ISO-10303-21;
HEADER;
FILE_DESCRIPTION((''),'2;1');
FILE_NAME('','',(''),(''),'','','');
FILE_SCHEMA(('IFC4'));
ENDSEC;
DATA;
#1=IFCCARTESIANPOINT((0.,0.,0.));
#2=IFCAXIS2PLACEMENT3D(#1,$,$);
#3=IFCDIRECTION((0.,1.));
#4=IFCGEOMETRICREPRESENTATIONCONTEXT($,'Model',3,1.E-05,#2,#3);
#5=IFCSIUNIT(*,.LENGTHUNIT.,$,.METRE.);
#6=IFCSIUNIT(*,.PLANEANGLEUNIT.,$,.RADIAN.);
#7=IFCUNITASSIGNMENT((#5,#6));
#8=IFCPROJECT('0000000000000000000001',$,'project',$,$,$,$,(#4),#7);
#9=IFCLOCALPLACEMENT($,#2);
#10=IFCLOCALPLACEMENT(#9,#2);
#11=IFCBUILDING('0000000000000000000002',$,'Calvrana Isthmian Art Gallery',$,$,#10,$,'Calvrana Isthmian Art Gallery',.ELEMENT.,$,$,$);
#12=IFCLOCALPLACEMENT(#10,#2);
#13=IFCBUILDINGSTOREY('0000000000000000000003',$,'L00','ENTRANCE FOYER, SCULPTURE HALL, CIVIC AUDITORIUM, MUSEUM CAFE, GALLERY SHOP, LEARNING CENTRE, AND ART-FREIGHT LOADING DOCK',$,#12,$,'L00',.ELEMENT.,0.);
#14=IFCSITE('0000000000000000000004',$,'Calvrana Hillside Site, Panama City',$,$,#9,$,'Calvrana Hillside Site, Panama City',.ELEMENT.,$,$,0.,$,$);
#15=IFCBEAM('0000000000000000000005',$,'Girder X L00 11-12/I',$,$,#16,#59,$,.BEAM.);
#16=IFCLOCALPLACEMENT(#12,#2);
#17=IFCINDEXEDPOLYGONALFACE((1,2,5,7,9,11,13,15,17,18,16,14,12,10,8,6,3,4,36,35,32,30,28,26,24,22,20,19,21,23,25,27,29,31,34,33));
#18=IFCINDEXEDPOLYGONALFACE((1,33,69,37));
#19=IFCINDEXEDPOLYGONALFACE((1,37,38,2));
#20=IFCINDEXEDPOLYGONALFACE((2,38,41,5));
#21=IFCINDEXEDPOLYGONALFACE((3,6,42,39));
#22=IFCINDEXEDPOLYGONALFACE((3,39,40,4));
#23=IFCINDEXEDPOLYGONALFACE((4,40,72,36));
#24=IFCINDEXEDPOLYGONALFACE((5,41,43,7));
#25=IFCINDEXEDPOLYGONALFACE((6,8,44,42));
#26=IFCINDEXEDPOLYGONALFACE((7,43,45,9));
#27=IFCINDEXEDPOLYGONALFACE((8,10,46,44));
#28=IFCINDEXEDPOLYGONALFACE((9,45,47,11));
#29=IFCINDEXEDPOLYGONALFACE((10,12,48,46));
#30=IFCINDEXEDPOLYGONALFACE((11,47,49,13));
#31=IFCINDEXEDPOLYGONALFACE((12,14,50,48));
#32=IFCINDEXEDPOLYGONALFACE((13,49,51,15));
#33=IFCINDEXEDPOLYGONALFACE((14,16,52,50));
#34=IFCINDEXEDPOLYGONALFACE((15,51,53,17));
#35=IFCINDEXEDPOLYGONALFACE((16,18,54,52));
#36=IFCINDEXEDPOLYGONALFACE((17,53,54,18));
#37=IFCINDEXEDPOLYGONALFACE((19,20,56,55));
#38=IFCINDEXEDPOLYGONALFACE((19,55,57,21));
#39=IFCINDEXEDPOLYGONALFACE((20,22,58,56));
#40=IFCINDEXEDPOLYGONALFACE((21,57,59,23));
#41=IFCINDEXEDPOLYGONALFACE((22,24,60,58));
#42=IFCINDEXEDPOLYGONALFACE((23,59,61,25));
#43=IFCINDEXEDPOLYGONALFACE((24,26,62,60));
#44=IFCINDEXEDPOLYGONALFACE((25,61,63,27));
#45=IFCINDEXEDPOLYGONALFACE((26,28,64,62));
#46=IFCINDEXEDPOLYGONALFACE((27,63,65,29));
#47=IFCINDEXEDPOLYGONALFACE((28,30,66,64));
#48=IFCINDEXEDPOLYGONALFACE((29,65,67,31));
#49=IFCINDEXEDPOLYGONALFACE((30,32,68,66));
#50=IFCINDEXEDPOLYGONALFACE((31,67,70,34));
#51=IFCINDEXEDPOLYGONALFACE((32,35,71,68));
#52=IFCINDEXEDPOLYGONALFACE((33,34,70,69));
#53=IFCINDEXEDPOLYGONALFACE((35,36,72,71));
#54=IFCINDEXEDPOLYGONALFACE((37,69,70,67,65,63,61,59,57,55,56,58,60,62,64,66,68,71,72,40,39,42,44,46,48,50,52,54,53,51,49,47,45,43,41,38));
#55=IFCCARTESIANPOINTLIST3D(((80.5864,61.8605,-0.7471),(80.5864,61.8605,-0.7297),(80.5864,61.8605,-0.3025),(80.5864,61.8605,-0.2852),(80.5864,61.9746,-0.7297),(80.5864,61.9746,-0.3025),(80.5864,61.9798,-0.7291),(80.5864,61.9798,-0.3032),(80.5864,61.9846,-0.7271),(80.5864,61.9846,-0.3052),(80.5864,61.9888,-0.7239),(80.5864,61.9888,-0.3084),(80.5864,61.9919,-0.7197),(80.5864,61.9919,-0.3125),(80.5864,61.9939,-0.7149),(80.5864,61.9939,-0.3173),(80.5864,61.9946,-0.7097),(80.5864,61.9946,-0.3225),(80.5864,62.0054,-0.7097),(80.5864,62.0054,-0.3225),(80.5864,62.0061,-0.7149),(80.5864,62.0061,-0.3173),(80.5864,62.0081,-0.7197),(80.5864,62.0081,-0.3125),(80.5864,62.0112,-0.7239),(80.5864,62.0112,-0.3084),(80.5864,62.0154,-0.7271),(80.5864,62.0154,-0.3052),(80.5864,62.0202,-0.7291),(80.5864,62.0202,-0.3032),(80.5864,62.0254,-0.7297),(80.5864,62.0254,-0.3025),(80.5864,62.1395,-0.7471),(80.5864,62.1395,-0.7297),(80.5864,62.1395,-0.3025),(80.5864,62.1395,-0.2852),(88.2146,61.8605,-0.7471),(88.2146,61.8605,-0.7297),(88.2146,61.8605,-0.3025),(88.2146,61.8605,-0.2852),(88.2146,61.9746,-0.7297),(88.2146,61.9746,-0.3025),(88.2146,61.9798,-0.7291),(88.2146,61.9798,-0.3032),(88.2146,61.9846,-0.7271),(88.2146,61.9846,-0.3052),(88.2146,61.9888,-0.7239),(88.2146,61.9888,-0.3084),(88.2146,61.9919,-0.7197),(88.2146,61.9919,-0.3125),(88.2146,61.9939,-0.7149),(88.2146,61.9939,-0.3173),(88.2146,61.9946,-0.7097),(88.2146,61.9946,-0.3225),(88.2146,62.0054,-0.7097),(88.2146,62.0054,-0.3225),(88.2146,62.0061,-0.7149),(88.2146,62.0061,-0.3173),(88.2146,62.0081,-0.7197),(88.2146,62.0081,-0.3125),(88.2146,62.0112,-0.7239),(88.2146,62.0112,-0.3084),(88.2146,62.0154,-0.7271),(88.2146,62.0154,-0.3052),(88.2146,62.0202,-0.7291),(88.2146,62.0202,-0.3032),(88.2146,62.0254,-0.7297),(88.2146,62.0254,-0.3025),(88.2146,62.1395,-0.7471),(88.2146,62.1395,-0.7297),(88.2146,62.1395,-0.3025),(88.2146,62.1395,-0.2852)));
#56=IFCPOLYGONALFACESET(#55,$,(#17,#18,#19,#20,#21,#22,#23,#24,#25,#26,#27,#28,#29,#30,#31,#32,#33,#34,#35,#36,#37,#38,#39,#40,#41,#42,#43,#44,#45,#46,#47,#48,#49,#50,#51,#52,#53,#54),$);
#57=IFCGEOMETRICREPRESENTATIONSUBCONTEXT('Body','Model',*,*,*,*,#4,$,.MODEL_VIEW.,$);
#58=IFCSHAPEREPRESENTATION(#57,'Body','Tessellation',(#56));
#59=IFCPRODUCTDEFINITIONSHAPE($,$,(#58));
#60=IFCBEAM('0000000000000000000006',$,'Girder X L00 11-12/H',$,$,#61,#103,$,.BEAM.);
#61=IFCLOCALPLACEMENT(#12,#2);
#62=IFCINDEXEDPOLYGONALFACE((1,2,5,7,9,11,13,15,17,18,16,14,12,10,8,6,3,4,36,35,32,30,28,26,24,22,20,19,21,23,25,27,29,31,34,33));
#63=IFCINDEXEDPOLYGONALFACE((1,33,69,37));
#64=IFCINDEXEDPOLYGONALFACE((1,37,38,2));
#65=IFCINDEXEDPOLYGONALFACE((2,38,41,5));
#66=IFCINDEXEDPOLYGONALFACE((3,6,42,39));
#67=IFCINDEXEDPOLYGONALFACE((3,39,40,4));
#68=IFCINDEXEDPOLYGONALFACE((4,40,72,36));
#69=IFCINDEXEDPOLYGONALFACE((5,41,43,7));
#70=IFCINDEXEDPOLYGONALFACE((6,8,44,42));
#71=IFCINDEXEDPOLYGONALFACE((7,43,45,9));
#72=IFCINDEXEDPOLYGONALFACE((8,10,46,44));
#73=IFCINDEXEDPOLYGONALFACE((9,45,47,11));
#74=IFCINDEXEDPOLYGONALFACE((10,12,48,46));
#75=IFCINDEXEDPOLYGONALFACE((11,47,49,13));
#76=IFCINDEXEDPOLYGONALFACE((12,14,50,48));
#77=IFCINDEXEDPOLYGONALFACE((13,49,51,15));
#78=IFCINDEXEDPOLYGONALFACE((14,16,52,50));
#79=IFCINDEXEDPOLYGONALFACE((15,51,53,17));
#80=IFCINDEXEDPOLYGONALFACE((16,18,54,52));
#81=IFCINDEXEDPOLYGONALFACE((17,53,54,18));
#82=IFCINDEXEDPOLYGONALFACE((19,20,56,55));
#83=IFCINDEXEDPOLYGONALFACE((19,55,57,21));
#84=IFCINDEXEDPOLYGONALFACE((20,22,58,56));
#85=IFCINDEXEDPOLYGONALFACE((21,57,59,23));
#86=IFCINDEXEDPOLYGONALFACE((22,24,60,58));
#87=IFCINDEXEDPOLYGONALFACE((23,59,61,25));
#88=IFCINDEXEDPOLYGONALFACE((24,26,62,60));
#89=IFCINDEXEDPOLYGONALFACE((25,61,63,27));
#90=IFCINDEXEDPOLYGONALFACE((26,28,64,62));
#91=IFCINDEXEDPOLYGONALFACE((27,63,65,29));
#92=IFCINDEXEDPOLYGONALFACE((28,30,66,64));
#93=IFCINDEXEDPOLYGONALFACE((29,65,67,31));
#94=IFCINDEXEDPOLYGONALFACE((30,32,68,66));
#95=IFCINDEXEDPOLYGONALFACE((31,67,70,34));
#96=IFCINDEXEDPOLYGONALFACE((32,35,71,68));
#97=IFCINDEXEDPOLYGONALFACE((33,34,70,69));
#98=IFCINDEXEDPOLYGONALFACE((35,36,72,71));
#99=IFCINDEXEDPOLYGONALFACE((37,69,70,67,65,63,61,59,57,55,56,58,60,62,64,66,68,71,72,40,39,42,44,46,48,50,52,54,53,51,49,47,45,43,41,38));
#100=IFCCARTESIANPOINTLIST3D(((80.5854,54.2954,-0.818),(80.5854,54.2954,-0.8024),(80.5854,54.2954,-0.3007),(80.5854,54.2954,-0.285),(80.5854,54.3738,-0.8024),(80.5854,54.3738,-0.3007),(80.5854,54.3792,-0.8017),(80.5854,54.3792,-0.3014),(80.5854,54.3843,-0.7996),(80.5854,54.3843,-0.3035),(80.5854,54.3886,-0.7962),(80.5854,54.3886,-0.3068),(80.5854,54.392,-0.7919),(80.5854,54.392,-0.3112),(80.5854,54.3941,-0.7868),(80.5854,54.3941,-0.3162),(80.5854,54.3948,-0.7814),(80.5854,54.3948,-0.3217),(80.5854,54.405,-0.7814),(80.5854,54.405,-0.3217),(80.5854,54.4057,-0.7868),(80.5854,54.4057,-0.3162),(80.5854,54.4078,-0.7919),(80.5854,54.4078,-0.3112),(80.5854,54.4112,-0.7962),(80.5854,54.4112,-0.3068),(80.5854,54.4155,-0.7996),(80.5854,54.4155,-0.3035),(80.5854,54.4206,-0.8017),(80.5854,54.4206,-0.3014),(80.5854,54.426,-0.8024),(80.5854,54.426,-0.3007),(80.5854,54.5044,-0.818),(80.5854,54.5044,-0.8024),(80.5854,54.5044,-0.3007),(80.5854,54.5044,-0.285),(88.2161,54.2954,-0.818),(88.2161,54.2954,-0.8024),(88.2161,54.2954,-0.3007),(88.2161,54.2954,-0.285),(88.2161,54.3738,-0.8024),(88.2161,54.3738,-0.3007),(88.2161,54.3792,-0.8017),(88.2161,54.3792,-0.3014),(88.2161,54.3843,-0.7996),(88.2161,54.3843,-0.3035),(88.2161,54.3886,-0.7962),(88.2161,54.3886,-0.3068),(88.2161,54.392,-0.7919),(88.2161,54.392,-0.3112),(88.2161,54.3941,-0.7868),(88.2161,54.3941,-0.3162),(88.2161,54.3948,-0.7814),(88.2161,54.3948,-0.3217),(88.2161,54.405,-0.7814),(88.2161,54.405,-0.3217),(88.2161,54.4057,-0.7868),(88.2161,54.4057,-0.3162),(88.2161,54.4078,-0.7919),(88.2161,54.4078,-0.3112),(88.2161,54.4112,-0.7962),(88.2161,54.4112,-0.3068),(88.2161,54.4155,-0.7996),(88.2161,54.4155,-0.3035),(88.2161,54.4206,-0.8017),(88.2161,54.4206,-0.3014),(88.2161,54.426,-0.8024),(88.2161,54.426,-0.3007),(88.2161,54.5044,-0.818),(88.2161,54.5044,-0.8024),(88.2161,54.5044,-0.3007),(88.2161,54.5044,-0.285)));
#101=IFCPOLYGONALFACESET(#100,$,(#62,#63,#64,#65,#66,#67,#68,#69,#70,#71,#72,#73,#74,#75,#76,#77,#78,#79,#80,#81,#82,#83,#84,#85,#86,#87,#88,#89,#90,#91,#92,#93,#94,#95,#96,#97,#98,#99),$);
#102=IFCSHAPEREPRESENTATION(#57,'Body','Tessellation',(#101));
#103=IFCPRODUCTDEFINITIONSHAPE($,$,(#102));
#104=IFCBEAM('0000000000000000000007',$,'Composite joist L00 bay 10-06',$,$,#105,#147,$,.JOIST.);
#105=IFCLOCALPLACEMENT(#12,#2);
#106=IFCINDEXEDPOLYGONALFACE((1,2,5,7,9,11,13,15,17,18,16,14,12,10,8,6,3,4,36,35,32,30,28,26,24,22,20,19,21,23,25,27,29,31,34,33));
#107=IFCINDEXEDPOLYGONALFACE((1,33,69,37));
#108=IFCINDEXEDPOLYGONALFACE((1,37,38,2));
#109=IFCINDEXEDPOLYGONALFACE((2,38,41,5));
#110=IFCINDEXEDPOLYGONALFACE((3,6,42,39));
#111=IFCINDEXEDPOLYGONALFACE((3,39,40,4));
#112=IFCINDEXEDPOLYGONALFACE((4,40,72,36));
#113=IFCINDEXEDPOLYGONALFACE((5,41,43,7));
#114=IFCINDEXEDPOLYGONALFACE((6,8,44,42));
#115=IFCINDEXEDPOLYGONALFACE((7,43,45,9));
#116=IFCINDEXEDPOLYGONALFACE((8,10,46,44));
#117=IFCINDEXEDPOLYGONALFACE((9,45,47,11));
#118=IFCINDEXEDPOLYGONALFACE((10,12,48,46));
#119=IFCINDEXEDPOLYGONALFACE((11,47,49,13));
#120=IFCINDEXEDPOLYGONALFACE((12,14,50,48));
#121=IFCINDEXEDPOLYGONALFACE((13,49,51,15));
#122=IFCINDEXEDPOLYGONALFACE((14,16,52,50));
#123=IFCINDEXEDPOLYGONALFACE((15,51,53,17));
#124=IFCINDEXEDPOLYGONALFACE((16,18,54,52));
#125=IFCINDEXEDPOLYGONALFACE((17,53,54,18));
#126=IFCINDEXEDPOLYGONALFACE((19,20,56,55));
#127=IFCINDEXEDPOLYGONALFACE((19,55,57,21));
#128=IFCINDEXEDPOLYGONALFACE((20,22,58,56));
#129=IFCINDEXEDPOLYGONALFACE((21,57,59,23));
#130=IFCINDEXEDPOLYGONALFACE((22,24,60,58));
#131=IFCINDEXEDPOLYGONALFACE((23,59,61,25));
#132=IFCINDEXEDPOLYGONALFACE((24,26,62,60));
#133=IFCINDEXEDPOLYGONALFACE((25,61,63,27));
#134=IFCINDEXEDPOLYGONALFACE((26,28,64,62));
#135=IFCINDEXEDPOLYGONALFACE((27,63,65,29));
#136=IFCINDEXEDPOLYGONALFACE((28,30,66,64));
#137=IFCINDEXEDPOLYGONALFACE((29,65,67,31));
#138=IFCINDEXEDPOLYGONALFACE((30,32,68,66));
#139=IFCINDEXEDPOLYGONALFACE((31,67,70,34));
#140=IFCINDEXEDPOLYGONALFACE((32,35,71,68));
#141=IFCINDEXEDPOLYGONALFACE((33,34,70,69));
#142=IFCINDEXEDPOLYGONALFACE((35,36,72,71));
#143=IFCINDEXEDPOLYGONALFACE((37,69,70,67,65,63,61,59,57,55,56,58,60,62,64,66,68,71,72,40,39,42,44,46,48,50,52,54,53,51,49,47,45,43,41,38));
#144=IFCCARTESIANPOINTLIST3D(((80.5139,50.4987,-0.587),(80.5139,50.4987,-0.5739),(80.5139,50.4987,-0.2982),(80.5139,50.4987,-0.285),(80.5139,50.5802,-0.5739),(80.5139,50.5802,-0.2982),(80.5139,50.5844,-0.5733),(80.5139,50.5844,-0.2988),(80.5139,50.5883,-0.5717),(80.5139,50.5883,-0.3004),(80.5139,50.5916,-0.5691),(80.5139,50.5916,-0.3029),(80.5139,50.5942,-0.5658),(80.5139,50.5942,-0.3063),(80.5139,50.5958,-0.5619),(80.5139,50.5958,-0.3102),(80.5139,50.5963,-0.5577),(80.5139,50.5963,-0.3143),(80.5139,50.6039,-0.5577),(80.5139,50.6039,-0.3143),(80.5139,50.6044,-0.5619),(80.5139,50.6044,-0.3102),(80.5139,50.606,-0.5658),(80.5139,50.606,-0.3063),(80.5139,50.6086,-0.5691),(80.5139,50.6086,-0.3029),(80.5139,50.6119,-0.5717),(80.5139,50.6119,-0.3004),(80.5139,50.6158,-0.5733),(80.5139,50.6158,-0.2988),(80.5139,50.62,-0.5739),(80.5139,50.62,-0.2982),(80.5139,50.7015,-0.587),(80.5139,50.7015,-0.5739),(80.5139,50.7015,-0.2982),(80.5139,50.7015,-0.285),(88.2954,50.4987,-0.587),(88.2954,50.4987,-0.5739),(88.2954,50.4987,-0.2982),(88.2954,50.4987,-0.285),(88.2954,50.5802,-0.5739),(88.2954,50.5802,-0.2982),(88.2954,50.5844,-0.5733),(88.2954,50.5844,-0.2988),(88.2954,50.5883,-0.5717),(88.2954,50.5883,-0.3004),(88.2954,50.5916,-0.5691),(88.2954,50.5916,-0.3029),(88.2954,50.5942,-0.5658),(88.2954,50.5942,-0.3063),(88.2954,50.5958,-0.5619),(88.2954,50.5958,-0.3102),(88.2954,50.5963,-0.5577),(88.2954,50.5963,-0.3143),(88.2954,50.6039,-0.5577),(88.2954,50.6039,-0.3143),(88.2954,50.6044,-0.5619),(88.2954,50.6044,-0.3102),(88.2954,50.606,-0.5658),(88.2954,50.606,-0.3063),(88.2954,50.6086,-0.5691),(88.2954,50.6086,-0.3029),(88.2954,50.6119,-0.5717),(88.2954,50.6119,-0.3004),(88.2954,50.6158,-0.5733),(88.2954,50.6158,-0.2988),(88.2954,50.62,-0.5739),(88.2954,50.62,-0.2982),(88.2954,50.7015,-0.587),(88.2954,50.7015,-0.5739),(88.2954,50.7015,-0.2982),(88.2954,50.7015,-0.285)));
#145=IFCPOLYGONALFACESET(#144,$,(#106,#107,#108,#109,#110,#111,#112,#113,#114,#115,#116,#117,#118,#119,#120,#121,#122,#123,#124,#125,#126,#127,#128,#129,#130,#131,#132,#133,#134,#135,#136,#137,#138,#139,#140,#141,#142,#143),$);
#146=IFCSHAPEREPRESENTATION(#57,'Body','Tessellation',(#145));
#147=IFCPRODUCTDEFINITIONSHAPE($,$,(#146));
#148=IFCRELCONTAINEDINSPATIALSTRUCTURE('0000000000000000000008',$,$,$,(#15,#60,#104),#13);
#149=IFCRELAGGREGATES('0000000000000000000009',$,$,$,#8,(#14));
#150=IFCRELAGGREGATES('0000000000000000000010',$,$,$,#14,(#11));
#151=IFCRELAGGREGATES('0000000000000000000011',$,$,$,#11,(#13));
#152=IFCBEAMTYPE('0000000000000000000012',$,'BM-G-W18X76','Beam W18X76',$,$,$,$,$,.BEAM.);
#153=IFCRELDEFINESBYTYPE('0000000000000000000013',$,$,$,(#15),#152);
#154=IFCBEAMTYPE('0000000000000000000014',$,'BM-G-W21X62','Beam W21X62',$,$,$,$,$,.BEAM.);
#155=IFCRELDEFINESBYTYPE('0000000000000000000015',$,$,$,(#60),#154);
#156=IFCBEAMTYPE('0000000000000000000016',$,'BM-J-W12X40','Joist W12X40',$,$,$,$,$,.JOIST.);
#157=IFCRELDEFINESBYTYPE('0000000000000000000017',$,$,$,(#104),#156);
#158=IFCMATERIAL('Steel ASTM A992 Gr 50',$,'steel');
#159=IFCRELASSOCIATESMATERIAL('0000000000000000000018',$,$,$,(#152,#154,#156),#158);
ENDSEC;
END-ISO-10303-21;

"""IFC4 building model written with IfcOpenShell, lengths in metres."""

from ifc_helpers import new_model, si_unit, direction, frame, origin, origin_2d, place, context, subcontext, project, spatial, i_section, extrude, material, material_profile, profile_set, type_object, element, save


model = new_model("IFC4")

# Units and contexts
model_context = context("Model", 3, precision=1e-05, world=origin(), true_north=direction((0.0, 1.0)))
body_context = subcontext(model_context, "Body", "Model", "MODEL_VIEW")
ifc_project = project(units=[si_unit("LENGTHUNIT", "METRE"), si_unit("PLANEANGLEUNIT", "RADIAN")], contexts=[model_context])

# Site, building, storey
site_placement = place(None, origin())
site = spatial("IfcSite", under=ifc_project, at=site_placement, Name="Calvrana Hillside Site, Panama City", LongName="Calvrana Hillside Site, Panama City", CompositionType="ELEMENT", RefElevation=0.0)
building_placement = place(site_placement, origin())
building = spatial("IfcBuilding", under=site, at=building_placement, Name="Calvrana Isthmian Art Gallery", LongName="Calvrana Isthmian Art Gallery", CompositionType="ELEMENT")
storey_placement = place(building_placement, origin())
storey = spatial("IfcBuildingStorey", under=building, at=storey_placement, Name="L00", Description="ENTRANCE FOYER, SCULPTURE HALL, CIVIC AUDITORIUM, MUSEUM CAFE, GALLERY SHOP, LEARNING CENTRE, AND ART-FREIGHT LOADING DOCK", LongName="L00", CompositionType="ELEMENT", Elevation=0.0)

# Beams
ifc_material_1 = material(Name="Steel ASTM A992 Gr 50", Category="steel")
ifc_material_profile_1 = material_profile(ifc_material_1, i_section(OverallWidth=0.2791, OverallDepth=0.4619, WebThickness=0.0107, FlangeThickness=0.0173, FilletRadius=0.02, at=origin_2d()), Name="W18X76")
ifc_profile_set_1 = profile_set([ifc_material_profile_1], Name="Steel ASTM A992 Gr 50")
beam_type_1 = type_object("IfcBeamType", Name="BM-G-W18X76", Description="Beam W18X76", PredefinedType="BEAM", material=ifc_profile_set_1)
beam_1_placement = place(storey_placement, frame((80.5864, 62.0, -0.5161), z_axis=(1.0, 0.0, 0.0), x_axis=(0.0, 1.0, 0.0)))
element("IfcBeam", 1, at=beam_1_placement, inside=storey, type_object=beam_type_1, Name="Girder X L00 11-12/I", PredefinedType="BEAM", context=body_context, shape_type="SweptSolid", body=[
    extrude(i_section(OverallWidth=0.2791, OverallDepth=0.4619, WebThickness=0.0107, FlangeThickness=0.0173, FilletRadius=0.02, at=origin_2d()), origin(), (0.0, 0.0, 1.0), 7.6282),
])
ifc_material_profile_2 = material_profile(ifc_material_1, i_section(OverallWidth=0.209, OverallDepth=0.533, WebThickness=0.0103, FlangeThickness=0.0156, FilletRadius=0.021, at=origin_2d()), Name="W21X62")
ifc_profile_set_2 = profile_set([ifc_material_profile_2], Name="Steel ASTM A992 Gr 50")
beam_type_2 = type_object("IfcBeamType", Name="BM-G-W21X62", Description="Beam W21X62", PredefinedType="BEAM", material=ifc_profile_set_2)
beam_2_placement = place(storey_placement, frame((80.5854, 54.3999, -0.5515), z_axis=(1.0, 0.0, 0.0), x_axis=(0.0, 1.0, 0.0)))
element("IfcBeam", 2, at=beam_2_placement, inside=storey, type_object=beam_type_2, Name="Girder X L00 11-12/H", PredefinedType="BEAM", context=body_context, shape_type="SweptSolid", body=[
    extrude(i_section(OverallWidth=0.209, OverallDepth=0.533, WebThickness=0.0103, FlangeThickness=0.0156, FilletRadius=0.021, at=origin_2d()), origin(), (0.0, 0.0, 1.0), 7.6306),
])
ifc_material_profile_3 = material_profile(ifc_material_1, i_section(OverallWidth=0.2029, OverallDepth=0.302, WebThickness=0.0076, FlangeThickness=0.0132, FilletRadius=0.0161, at=origin_2d()), Name="W12X40")
ifc_profile_set_3 = profile_set([ifc_material_profile_3], Name="Steel ASTM A992 Gr 50")
beam_type_3 = type_object("IfcBeamType", Name="BM-J-W12X40", Description="Joist W12X40", PredefinedType="JOIST", material=ifc_profile_set_3)
beam_3_placement = place(storey_placement, frame((80.5139, 50.6001, -0.436), z_axis=(1.0, 0.0, 0.0), x_axis=(0.0, 1.0, 0.0)))
element("IfcBeam", 3, at=beam_3_placement, inside=storey, type_object=beam_type_3, Name="Composite joist L00 bay 10-06", PredefinedType="JOIST", context=body_context, shape_type="SweptSolid", body=[
    extrude(i_section(OverallWidth=0.2029, OverallDepth=0.302, WebThickness=0.0076, FlangeThickness=0.0132, FilletRadius=0.0161, at=origin_2d()), origin(), (0.0, 0.0, 1.0), 7.7815),
])

save(model, "model.ifc")
